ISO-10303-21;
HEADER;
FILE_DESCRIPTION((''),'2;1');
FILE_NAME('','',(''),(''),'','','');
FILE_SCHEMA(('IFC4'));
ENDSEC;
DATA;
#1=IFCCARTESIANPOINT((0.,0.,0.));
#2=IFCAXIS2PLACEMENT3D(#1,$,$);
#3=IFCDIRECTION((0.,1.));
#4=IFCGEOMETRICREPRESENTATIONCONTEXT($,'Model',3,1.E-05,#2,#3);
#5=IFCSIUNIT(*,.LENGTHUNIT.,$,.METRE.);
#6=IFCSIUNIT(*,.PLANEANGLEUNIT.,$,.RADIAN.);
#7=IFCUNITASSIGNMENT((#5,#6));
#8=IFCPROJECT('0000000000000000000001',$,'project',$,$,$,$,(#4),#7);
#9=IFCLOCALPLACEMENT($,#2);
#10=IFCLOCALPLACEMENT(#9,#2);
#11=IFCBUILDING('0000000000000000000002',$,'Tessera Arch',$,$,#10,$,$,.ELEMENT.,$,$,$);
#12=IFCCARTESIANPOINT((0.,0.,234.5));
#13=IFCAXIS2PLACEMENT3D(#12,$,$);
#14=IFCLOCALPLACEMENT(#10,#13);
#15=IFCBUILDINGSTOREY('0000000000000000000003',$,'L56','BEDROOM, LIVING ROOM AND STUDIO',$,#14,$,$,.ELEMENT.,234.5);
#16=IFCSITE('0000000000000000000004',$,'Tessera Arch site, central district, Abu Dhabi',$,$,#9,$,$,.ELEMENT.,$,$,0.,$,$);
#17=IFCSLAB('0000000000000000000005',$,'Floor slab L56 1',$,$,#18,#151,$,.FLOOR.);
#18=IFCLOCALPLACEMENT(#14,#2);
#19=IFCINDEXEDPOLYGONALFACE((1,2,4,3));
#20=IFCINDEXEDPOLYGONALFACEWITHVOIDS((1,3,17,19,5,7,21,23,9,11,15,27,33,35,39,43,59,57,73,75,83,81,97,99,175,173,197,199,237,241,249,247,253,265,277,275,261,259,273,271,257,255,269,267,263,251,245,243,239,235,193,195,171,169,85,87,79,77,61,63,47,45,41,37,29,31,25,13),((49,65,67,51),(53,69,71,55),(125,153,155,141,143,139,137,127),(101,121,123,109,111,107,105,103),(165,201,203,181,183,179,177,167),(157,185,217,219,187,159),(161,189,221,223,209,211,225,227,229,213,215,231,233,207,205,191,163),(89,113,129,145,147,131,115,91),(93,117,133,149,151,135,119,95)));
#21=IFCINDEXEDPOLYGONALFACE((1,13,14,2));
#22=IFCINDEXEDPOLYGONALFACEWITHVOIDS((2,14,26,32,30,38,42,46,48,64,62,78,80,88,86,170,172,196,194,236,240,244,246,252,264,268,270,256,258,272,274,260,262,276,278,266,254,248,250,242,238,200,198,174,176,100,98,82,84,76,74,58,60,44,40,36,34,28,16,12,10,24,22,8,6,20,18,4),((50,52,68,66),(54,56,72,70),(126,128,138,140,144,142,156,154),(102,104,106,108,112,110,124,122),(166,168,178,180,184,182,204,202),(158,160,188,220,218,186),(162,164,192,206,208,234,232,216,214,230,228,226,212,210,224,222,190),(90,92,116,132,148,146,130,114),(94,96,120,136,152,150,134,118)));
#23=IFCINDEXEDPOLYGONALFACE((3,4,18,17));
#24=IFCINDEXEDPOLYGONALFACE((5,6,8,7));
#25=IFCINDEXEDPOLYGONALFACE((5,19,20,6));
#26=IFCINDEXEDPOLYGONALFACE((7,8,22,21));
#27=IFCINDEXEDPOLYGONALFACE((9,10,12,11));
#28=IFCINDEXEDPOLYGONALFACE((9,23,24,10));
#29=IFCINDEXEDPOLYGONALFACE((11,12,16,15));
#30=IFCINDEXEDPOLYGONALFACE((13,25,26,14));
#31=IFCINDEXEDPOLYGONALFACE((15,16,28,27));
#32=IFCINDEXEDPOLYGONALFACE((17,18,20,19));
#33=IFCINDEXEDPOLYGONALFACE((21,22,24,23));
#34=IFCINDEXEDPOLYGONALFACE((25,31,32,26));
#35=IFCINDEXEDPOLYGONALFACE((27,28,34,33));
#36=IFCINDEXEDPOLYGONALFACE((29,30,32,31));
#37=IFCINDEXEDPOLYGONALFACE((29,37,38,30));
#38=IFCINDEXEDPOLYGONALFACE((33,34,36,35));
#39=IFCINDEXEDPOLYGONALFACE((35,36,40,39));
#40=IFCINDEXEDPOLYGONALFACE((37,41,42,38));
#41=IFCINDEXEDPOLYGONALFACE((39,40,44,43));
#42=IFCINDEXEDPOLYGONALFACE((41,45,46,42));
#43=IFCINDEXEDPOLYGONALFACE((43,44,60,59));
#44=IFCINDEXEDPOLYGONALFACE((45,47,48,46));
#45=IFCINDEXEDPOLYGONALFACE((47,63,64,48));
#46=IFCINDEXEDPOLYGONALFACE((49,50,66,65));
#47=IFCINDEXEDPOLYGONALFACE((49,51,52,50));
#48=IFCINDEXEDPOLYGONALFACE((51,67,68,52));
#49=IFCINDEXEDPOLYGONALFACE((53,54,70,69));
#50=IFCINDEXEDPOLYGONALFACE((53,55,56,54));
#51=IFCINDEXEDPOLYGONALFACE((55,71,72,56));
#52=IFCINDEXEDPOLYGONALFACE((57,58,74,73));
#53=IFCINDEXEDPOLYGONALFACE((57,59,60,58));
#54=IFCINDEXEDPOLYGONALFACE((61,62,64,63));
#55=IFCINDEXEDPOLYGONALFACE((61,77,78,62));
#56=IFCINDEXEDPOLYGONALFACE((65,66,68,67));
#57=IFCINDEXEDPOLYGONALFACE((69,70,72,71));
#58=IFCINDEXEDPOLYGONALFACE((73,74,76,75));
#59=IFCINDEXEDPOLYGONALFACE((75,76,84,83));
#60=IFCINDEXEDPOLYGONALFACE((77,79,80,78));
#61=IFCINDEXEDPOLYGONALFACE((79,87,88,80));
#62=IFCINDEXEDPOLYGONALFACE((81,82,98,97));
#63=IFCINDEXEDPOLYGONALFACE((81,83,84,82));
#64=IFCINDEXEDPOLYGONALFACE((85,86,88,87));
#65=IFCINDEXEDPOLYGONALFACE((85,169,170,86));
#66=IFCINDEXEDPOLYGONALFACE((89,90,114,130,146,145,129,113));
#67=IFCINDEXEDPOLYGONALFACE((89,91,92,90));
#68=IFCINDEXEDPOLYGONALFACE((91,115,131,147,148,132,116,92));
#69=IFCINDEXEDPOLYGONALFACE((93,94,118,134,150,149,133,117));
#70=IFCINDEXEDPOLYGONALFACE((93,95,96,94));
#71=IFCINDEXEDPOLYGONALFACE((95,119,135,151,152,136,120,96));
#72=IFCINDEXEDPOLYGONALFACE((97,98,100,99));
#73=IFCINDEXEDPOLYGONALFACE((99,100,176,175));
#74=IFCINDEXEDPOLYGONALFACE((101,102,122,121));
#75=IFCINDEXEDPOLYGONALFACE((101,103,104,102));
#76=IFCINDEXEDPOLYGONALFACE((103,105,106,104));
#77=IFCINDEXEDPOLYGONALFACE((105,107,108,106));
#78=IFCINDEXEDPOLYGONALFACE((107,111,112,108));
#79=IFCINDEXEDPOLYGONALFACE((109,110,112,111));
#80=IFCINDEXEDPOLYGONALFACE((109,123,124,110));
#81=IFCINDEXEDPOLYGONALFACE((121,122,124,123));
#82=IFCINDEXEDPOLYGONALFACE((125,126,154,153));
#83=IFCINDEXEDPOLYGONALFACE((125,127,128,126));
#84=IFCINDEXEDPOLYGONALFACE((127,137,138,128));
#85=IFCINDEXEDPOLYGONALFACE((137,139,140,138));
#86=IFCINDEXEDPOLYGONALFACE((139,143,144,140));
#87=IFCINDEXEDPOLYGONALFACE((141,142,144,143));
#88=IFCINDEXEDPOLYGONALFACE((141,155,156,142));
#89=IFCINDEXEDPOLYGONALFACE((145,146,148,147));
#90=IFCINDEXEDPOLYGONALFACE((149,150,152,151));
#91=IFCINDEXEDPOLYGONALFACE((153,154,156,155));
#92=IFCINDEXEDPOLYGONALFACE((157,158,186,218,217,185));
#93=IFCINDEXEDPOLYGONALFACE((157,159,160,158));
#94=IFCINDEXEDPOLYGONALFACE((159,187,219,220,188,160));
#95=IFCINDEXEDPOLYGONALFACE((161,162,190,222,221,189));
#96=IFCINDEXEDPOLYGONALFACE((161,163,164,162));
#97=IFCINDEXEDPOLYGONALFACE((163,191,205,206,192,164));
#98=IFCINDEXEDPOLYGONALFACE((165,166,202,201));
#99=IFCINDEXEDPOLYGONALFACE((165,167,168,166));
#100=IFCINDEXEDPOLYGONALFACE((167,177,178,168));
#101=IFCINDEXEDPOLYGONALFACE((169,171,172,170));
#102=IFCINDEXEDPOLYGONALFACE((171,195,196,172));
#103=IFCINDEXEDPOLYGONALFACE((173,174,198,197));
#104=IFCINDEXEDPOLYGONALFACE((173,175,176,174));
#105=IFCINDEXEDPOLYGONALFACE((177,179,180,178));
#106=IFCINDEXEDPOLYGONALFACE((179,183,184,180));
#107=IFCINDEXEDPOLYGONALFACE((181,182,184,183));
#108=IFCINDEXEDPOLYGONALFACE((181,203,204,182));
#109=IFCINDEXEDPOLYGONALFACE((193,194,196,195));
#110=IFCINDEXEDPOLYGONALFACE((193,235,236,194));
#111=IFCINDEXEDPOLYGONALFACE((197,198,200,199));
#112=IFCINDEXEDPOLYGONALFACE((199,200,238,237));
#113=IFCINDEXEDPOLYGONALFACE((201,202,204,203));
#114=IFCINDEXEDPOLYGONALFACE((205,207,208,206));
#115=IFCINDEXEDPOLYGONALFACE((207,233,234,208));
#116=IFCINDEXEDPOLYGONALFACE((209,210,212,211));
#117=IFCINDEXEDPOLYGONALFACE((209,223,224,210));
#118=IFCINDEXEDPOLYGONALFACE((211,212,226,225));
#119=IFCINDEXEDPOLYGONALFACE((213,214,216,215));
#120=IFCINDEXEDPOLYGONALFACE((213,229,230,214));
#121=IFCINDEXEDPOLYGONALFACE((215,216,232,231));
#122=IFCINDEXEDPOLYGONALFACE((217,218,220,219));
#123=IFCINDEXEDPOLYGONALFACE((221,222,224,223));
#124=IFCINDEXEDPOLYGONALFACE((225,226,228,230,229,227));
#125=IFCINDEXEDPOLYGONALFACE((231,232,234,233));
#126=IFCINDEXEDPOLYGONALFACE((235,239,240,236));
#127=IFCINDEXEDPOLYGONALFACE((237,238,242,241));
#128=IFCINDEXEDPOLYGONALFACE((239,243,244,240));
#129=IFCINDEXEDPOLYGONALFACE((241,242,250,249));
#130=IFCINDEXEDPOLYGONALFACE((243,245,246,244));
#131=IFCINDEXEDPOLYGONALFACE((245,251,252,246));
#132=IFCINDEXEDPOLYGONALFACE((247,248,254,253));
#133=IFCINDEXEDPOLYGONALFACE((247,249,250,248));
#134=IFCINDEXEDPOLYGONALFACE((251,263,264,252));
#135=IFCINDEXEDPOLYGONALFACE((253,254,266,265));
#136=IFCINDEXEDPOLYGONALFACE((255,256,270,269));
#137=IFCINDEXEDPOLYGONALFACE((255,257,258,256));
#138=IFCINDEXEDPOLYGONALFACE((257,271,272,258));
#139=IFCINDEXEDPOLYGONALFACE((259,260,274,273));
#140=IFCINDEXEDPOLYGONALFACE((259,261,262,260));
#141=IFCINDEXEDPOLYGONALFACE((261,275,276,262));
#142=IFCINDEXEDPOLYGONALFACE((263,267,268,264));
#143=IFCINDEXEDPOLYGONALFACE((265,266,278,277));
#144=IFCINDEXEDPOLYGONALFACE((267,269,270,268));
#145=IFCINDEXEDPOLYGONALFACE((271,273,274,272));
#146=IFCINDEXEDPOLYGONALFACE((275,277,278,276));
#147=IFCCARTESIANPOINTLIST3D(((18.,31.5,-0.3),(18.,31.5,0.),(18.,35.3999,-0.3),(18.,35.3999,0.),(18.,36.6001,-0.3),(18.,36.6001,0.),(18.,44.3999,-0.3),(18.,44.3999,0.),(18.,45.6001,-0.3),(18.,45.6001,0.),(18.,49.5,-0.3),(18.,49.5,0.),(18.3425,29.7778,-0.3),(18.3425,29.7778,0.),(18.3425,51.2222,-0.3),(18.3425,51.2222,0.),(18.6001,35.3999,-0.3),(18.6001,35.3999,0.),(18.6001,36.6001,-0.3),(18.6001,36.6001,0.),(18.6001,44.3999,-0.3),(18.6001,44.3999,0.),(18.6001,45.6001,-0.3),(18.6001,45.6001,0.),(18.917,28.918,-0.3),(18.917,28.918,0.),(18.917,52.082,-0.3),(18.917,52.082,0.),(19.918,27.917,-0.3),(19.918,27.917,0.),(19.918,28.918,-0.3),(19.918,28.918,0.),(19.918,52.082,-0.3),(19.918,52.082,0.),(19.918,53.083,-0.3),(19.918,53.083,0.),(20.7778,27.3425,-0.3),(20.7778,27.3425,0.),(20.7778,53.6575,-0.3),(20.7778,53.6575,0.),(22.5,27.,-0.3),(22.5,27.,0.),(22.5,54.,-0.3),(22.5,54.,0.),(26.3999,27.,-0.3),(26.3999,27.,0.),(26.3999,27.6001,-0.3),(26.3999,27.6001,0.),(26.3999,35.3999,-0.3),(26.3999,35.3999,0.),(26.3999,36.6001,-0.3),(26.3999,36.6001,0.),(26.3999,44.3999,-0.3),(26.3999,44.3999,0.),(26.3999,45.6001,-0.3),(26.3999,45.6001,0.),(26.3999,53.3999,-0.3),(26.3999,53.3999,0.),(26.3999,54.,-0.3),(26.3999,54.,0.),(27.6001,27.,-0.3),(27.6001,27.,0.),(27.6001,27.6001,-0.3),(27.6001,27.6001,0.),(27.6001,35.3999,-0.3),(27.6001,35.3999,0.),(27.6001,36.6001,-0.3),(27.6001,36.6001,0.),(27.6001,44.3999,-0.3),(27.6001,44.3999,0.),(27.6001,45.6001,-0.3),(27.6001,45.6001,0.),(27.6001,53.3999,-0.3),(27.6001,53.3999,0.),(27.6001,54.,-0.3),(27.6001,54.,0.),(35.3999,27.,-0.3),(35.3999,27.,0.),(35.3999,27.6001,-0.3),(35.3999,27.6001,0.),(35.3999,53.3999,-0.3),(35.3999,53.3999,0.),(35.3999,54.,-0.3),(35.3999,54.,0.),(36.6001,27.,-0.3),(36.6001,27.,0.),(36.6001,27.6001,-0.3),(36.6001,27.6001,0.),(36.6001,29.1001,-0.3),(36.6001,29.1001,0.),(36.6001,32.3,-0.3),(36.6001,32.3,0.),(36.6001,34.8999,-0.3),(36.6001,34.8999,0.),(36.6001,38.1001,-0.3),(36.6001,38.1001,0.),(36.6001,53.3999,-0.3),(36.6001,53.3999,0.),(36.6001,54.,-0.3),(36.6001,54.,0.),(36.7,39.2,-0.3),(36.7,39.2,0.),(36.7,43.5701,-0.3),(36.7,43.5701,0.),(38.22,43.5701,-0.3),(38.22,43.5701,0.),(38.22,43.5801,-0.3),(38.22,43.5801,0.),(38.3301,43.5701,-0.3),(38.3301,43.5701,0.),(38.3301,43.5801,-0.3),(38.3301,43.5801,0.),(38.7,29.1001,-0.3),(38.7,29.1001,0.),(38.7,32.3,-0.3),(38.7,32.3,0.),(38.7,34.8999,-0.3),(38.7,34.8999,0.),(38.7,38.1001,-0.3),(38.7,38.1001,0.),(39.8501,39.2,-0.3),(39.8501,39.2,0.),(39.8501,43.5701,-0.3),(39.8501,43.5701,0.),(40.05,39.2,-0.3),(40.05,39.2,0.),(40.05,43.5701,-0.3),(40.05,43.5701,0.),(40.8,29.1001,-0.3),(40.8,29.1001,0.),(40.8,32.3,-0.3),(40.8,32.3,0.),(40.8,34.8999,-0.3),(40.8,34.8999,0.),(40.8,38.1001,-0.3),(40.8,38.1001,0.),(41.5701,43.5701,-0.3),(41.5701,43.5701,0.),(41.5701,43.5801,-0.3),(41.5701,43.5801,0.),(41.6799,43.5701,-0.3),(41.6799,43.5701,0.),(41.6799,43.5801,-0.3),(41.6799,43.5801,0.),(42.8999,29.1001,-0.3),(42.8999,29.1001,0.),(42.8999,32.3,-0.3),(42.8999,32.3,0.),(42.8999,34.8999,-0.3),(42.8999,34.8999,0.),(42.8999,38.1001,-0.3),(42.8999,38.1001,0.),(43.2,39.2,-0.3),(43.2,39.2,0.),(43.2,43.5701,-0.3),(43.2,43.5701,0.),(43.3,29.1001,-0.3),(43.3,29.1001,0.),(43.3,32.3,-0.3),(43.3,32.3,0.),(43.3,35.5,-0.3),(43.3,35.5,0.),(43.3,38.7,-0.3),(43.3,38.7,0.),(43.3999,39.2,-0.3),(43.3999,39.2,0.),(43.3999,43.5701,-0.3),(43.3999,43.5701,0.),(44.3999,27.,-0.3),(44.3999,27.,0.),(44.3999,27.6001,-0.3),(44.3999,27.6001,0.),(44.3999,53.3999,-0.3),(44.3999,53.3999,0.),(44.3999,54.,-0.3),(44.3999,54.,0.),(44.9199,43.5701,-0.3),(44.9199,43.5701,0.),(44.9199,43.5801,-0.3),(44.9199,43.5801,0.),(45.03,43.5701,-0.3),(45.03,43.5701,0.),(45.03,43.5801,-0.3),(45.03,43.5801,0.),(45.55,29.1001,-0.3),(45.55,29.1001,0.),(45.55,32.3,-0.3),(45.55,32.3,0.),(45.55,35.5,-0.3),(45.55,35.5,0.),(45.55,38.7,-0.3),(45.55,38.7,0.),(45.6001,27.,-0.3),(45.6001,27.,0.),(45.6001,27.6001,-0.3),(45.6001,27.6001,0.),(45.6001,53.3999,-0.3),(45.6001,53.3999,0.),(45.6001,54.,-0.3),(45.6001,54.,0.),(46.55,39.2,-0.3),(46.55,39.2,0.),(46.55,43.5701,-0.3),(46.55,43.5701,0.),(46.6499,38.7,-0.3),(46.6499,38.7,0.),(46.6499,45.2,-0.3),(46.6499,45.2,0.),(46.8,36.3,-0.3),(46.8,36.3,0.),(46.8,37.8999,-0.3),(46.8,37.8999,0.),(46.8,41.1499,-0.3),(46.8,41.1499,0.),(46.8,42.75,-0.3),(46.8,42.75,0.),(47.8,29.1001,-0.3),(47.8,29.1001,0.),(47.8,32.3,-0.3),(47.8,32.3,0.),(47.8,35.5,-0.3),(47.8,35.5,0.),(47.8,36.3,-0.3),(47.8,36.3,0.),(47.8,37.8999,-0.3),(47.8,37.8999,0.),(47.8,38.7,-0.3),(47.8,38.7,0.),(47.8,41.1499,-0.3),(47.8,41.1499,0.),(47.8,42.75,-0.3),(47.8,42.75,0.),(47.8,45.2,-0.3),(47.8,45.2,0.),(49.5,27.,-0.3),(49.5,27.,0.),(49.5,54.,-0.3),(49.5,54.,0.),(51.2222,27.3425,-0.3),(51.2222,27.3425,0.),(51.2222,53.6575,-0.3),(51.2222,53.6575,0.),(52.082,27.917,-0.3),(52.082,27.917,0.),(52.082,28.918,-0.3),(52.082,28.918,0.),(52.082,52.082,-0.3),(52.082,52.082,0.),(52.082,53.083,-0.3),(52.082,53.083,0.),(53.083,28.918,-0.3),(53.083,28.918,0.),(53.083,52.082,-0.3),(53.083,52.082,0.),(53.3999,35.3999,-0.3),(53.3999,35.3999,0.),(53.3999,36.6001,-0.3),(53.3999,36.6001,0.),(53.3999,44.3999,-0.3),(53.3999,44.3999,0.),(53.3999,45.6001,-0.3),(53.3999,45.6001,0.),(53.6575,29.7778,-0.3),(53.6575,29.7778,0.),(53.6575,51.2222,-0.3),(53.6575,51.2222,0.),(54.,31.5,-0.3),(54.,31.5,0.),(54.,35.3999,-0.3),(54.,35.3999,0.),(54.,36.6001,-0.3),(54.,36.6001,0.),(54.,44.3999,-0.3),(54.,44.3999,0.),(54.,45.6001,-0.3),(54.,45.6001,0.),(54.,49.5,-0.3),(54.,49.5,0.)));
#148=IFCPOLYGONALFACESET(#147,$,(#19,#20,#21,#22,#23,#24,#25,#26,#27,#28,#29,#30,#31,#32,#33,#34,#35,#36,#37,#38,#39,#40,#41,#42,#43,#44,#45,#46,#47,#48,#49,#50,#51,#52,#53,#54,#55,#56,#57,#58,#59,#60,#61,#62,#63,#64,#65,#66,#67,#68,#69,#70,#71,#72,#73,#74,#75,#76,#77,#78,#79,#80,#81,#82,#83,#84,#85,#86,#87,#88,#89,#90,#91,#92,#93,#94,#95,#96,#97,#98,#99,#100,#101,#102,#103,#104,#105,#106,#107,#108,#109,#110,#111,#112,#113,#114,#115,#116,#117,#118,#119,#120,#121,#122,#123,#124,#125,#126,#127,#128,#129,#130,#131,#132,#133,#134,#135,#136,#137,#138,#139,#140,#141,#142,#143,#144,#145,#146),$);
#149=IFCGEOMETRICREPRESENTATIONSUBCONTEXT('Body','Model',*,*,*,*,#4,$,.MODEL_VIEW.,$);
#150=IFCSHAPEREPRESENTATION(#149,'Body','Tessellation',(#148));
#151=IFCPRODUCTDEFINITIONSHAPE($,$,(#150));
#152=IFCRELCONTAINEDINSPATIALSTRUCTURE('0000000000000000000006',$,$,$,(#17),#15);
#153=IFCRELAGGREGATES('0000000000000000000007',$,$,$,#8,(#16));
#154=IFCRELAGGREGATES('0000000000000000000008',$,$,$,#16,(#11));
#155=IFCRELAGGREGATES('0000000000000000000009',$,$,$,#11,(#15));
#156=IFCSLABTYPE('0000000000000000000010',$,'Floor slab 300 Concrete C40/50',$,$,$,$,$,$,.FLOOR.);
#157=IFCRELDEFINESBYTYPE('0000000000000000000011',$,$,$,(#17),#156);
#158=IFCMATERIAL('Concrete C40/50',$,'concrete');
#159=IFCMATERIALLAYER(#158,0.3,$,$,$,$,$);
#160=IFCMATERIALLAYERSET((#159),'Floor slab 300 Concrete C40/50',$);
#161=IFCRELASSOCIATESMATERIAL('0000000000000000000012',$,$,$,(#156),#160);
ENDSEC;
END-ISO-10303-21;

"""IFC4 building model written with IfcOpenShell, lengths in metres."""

from ifc_helpers import new_model, si_unit, direction, frame, origin, place, context, subcontext, project, spatial, polyline, outline, extrude, material, layer, layer_set, type_object, element, save


model = new_model("IFC4")

# Units and contexts
model_context = context("Model", 3, precision=1e-05, world=origin(), true_north=direction((0.0, 1.0)))
body_context = subcontext(model_context, "Body", "Model", "MODEL_VIEW")
ifc_project = project(units=[si_unit("LENGTHUNIT", "METRE"), si_unit("PLANEANGLEUNIT", "RADIAN")], contexts=[model_context])

# Site, building, storey
site_placement = place(None, origin())
site = spatial("IfcSite", under=ifc_project, at=site_placement, Name="Tessera Arch site, central district, Abu Dhabi", CompositionType="ELEMENT", RefElevation=0.0)
building_placement = place(site_placement, origin())
building = spatial("IfcBuilding", under=site, at=building_placement, Name="Tessera Arch", CompositionType="ELEMENT")
storey_placement = place(building_placement, frame((0.0, 0.0, 234.5)))
storey = spatial("IfcBuildingStorey", under=building, at=storey_placement, Name="L56", Description="BEDROOM, LIVING ROOM AND STUDIO", CompositionType="ELEMENT", Elevation=234.5)

# Slab
ifc_material_1 = material(Name="Concrete C40/50", Category="concrete")
ifc_layer_1 = layer(ifc_material_1, 0.3)
ifc_layer_set_1 = layer_set([ifc_layer_1], Name="Floor slab 300 Concrete C40/50")
slab_type_1 = type_object("IfcSlabType", Name="Floor slab 300 Concrete C40/50", PredefinedType="FLOOR", material=ifc_layer_set_1)
slab_1_placement = place(storey_placement, frame((0.0, 0.0, -0.3)))
element("IfcSlab", 1, at=slab_1_placement, inside=storey, type_object=slab_type_1, Name="Floor slab L56 1", PredefinedType="FLOOR", context=body_context, shape_type="SweptSolid", body=[
    extrude(outline(polyline([(54.0, 31.5), (53.6575, 29.7778), (53.083, 28.918), (52.082, 28.918), (52.082, 27.917), (51.2222, 27.3425), (49.5, 27.0), (45.6001, 27.0), (45.6001, 27.6001), (44.3999, 27.6001), (44.3999, 27.0), (36.6001, 27.0), (36.6001, 27.6001), (35.3999, 27.6001), (35.3999, 27.0), (27.6001, 27.0), (27.6001, 27.6001), (26.3999, 27.6001), (26.3999, 27.0), (22.5, 27.0), (20.7778, 27.3425), (19.918, 27.917), (19.918, 28.918), (18.917, 28.918), (18.3425, 29.7778), (18.0, 31.5), (18.0, 35.3999), (18.6001, 35.3999), (18.6001, 36.6001), (18.0, 36.6001), (18.0, 44.3999), (18.6001, 44.3999), (18.6001, 45.6001), (18.0, 45.6001), (18.0, 49.5), (18.3425, 51.2222), (18.917, 52.082), (19.918, 52.082), (19.918, 53.083), (20.7778, 53.6575), (22.5, 54.0), (26.3999, 54.0), (26.3999, 53.3999), (27.6001, 53.3999), (27.6001, 54.0), (35.3999, 54.0), (35.3999, 53.3999), (36.6001, 53.3999), (36.6001, 54.0), (44.3999, 54.0), (44.3999, 53.3999), (45.6001, 53.3999), (45.6001, 54.0), (49.5, 54.0), (51.2222, 53.6575), (52.082, 53.083), (52.082, 52.082), (53.083, 52.082), (53.6575, 51.2222), (54.0, 49.5), (54.0, 45.6001), (53.3999, 45.6001), (53.3999, 44.3999), (54.0, 44.3999), (54.0, 36.6001), (53.3999, 36.6001), (53.3999, 35.3999), (54.0, 35.3999), (54.0, 31.5)]), holes=[polyline([(40.8, 29.1001), (42.8999, 29.1001), (42.8999, 32.3), (40.8, 32.3), (38.7, 32.3), (36.6001, 32.3), (36.6001, 29.1001), (38.7, 29.1001), (40.8, 29.1001)]), polyline([(27.6001, 35.3999), (27.6001, 36.6001), (26.3999, 36.6001), (26.3999, 35.3999), (27.6001, 35.3999)]), polyline([(40.8, 34.8999), (42.8999, 34.8999), (42.8999, 38.1001), (40.8, 38.1001), (38.7, 38.1001), (36.6001, 38.1001), (36.6001, 34.8999), (38.7, 34.8999), (40.8, 34.8999)]), polyline([(38.22, 43.5801), (38.22, 43.5701), (36.7, 43.5701), (36.7, 39.2), (39.8501, 39.2), (39.8501, 43.5701), (38.3301, 43.5701), (38.3301, 43.5801), (38.22, 43.5801)]), polyline([(27.6001, 44.3999), (27.6001, 45.6001), (26.3999, 45.6001), (26.3999, 44.3999), (27.6001, 44.3999)]), polyline([(47.8, 32.3), (45.55, 32.3), (43.3, 32.3), (43.3, 29.1001), (45.55, 29.1001), (47.8, 29.1001), (47.8, 32.3)]), polyline([(46.6499, 38.7), (45.55, 38.7), (43.3, 38.7), (43.3, 35.5), (45.55, 35.5), (47.8, 35.5), (47.8, 36.3), (46.8, 36.3), (46.8, 37.8999), (47.8, 37.8999), (47.8, 38.7), (47.8, 41.1499), (46.8, 41.1499), (46.8, 42.75), (47.8, 42.75), (47.8, 45.2), (46.6499, 45.2), (46.6499, 38.7)]), polyline([(41.5701, 43.5801), (41.5701, 43.5701), (40.05, 43.5701), (40.05, 39.2), (43.2, 39.2), (43.2, 43.5701), (41.6799, 43.5701), (41.6799, 43.5801), (41.5701, 43.5801)]), polyline([(44.9199, 43.5801), (44.9199, 43.5701), (43.3999, 43.5701), (43.3999, 39.2), (46.55, 39.2), (46.55, 43.5701), (45.03, 43.5701), (45.03, 43.5801), (44.9199, 43.5801)])]), origin(), (0.0, 0.0, 1.0), 0.3),
])

save(model, "model.ifc")
